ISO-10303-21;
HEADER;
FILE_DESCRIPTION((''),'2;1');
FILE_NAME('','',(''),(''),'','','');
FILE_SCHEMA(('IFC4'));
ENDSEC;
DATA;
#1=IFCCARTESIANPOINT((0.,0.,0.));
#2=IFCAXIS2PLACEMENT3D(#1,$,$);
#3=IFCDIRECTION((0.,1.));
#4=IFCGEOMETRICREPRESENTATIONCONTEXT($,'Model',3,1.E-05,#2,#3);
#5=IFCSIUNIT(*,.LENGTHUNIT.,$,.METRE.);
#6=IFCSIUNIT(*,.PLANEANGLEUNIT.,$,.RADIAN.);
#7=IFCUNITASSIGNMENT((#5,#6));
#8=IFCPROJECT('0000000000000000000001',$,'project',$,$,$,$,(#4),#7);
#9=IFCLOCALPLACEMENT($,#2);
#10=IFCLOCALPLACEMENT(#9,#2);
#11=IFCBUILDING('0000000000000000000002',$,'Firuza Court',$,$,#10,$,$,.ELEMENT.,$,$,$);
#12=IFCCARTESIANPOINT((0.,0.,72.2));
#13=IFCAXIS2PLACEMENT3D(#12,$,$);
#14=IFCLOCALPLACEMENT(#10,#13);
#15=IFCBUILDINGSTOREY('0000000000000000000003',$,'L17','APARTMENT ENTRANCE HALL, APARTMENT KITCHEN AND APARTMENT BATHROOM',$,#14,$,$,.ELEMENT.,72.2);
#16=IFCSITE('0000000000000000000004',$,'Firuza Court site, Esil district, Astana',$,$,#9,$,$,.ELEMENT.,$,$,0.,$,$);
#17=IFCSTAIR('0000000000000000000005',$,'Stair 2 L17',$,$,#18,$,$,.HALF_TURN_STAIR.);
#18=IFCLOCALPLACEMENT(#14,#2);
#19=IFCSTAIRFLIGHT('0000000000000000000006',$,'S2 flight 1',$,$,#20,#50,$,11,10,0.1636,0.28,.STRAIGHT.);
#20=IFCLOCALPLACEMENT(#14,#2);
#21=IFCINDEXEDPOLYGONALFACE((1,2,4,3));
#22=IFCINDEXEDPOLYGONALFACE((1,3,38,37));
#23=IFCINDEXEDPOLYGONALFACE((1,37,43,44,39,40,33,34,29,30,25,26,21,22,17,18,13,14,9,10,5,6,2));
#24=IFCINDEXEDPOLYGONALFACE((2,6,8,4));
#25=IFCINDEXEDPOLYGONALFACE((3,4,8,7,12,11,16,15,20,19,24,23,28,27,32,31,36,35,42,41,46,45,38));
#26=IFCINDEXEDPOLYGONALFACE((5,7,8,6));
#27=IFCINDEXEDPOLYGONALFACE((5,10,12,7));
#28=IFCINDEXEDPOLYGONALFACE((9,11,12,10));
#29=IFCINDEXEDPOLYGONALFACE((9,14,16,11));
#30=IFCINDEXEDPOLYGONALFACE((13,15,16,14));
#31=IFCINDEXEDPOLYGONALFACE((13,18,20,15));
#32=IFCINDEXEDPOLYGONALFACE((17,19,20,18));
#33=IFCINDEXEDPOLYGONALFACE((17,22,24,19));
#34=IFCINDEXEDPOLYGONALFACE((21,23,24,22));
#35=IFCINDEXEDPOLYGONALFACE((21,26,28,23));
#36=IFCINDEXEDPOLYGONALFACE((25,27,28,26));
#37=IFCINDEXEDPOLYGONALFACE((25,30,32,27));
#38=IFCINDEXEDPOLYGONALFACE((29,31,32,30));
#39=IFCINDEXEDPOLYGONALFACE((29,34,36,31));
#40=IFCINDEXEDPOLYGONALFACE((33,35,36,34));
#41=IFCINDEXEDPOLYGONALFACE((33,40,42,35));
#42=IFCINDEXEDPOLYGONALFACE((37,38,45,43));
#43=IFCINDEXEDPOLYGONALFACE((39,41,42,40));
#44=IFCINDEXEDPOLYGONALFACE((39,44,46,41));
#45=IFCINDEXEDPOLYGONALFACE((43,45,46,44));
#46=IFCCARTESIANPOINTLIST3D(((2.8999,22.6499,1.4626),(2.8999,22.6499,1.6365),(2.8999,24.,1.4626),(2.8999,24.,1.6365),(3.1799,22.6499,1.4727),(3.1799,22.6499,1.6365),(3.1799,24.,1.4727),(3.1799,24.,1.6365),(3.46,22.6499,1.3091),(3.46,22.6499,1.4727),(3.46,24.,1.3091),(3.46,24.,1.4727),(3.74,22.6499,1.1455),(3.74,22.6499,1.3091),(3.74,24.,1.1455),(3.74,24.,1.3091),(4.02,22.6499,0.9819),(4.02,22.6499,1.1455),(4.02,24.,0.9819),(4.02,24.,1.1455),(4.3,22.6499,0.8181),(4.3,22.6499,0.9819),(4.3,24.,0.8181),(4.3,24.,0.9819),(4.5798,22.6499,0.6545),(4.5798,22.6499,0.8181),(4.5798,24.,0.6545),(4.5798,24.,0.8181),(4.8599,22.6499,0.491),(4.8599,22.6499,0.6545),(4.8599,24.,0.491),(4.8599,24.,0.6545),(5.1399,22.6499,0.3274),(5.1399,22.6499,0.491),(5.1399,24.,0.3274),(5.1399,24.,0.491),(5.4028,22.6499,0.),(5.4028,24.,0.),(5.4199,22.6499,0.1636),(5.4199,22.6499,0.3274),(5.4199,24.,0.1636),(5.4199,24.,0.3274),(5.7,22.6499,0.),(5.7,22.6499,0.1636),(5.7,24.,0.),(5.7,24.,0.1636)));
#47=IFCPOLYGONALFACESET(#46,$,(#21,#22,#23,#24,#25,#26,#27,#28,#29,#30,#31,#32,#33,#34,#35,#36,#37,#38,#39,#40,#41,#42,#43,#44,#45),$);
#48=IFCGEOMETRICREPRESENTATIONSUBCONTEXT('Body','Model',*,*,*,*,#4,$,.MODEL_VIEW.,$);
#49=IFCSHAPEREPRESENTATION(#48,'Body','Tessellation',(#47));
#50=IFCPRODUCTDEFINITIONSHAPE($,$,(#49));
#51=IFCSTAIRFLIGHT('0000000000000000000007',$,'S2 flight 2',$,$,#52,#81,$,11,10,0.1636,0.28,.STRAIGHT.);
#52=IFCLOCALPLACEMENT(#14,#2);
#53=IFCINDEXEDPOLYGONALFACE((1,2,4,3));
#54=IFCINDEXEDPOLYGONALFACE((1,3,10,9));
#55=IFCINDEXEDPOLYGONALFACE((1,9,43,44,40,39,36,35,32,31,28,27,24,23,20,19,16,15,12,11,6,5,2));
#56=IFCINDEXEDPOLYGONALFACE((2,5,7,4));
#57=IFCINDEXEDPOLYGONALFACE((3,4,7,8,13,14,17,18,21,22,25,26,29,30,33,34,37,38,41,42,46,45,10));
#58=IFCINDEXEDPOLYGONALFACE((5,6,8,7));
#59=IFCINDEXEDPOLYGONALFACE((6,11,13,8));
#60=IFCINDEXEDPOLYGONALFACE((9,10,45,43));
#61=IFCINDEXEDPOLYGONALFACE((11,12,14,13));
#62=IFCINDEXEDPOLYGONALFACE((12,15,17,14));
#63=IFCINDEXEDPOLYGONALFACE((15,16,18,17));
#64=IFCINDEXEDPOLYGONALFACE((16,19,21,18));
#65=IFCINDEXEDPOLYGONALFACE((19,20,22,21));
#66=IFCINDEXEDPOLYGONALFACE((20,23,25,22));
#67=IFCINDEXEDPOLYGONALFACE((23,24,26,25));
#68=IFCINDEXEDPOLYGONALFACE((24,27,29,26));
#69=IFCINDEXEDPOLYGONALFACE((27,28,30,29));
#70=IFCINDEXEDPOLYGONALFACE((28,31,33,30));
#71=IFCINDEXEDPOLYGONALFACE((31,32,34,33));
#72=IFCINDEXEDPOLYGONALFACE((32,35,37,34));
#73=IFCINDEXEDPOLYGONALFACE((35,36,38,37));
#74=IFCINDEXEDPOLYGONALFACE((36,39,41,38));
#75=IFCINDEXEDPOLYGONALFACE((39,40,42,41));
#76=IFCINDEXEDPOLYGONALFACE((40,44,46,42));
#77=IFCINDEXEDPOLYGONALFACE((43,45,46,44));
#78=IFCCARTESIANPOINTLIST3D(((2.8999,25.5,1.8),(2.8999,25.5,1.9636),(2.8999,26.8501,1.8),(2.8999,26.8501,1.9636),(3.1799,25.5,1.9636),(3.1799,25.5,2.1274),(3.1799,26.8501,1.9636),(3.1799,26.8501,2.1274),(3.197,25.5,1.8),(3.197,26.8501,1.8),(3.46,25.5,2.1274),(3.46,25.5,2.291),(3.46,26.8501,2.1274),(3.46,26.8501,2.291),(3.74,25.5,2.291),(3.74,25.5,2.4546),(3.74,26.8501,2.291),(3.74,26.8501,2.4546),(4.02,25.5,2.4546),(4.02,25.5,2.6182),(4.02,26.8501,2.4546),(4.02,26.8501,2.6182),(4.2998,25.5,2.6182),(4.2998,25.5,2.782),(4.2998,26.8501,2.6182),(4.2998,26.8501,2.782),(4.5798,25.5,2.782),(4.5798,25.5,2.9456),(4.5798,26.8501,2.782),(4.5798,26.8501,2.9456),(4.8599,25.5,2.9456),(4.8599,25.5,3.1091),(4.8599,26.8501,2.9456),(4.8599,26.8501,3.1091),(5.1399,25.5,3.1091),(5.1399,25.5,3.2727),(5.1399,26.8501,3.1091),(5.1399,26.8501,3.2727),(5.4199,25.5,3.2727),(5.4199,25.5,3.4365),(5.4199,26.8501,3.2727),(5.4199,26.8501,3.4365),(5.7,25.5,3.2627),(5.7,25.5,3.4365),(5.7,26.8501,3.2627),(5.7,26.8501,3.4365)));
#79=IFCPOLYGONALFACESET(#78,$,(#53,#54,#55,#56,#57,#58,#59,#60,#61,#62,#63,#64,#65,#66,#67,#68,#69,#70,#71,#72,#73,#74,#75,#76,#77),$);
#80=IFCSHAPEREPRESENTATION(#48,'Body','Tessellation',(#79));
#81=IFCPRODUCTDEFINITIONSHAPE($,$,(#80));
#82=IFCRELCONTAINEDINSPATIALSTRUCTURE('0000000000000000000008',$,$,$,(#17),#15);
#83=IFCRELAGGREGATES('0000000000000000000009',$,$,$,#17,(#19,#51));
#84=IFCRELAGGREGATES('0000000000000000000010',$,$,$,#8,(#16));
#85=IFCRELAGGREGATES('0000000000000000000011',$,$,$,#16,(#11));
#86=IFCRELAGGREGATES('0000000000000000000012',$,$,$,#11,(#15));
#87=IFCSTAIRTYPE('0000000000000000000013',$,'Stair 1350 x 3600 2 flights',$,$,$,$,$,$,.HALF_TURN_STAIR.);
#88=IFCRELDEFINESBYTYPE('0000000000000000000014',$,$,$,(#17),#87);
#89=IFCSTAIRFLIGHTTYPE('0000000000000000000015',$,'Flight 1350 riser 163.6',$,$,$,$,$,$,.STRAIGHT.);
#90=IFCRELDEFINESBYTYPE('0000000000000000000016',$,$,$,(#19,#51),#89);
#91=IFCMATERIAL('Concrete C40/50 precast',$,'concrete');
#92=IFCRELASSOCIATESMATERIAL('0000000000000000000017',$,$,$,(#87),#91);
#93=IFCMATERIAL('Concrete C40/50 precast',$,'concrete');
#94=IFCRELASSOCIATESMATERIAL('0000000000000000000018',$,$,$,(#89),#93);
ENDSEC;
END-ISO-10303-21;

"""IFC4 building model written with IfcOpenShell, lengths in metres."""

from ifc_helpers import new_model, si_unit, direction, frame, origin, place, context, subcontext, project, spatial, polyline, outline, extrude, material, type_object, element, aggregate, save


model = new_model("IFC4")

# Units and contexts
model_context = context("Model", 3, precision=1e-05, world=origin(), true_north=direction((0.0, 1.0)))
body_context = subcontext(model_context, "Body", "Model", "MODEL_VIEW")
ifc_project = project(units=[si_unit("LENGTHUNIT", "METRE"), si_unit("PLANEANGLEUNIT", "RADIAN")], contexts=[model_context])

# Site, building, storey
site_placement = place(None, origin())
site = spatial("IfcSite", under=ifc_project, at=site_placement, Name="Firuza Court site, Esil district, Astana", CompositionType="ELEMENT", RefElevation=0.0)
building_placement = place(site_placement, origin())
building = spatial("IfcBuilding", under=site, at=building_placement, Name="Firuza Court", CompositionType="ELEMENT")
storey_placement = place(building_placement, frame((0.0, 0.0, 72.2)))
storey = spatial("IfcBuildingStorey", under=building, at=storey_placement, Name="L17", Description="APARTMENT ENTRANCE HALL, APARTMENT KITCHEN AND APARTMENT BATHROOM", CompositionType="ELEMENT", Elevation=72.2)

# Stair, stair flights
ifc_material_1 = material(Name="Concrete C40/50 precast", Category="concrete")
stair_type = type_object("IfcStairType", Name="Stair 1350 x 3600 2 flights", PredefinedType="HALF_TURN_STAIR", material=ifc_material_1)
stair_placement = place(storey_placement, origin())
stair = element("IfcStair", 1, at=stair_placement, inside=storey, type_object=stair_type, Name="Stair 2 L17", PredefinedType="HALF_TURN_STAIR")
ifc_material_2 = material(Name="Concrete C40/50 precast", Category="concrete")
stair_flight_type = type_object("IfcStairFlightType", Name="Flight 1350 riser 163.6", PredefinedType="STRAIGHT", material=ifc_material_2)
stair_flight_1_placement = place(storey_placement, frame((5.7, 23.325, 0.0), z_axis=(0.0, 0.0, 1.0), x_axis=(-1.0, 0.0, 0.0)))
stair_flight_1 = element("IfcStairFlight", 2, at=stair_flight_1_placement, type_object=stair_flight_type, Name="S2 flight 1", NumberOfRisers=11, NumberOfTreads=10, PredefinedType="STRAIGHT", RiserHeight=0.1636, TreadLength=0.28, context=body_context, shape_type="SweptSolid", body=[
    extrude(outline(polyline([(0.0, 0.0), (0.0, 0.1636), (0.28, 0.1636), (0.28, 0.3274), (0.5601, 0.3274), (0.5601, 0.491), (0.8401, 0.491), (0.8401, 0.6545), (1.1201, 0.6545), (1.1201, 0.8181), (1.3999, 0.8181), (1.3999, 0.9819), (1.6799, 0.9819), (1.6799, 1.1455), (1.96, 1.1455), (1.96, 1.3091), (2.24, 1.3091), (2.24, 1.4727), (2.52, 1.4727), (2.52, 1.6365), (2.8, 1.6365), (2.8, 1.8), (2.8, 1.4626), (0.2971, 0.0), (0.0, 0.0)])), frame((0.0, 0.675, 0.0), z_axis=(0.0, -1.0, 0.0), x_axis=(1.0, 0.0, 0.0)), (0.0, 0.0, 1.0), 1.3501),
])
stair_flight_2_placement = place(storey_placement, frame((2.8999, 26.175, 1.8), z_axis=(0.0, 0.0, 1.0), x_axis=(1.0, 0.0, 0.0)))
stair_flight_2 = element("IfcStairFlight", 3, at=stair_flight_2_placement, type_object=stair_flight_type, Name="S2 flight 2", NumberOfRisers=11, NumberOfTreads=10, PredefinedType="STRAIGHT", RiserHeight=0.1636, TreadLength=0.28, context=body_context, shape_type="SweptSolid", body=[
    extrude(outline(polyline([(0.0, 0.0), (0.0, 0.1636), (0.28, 0.1636), (0.28, 0.3274), (0.5601, 0.3274), (0.5601, 0.491), (0.8401, 0.491), (0.8401, 0.6545), (1.1201, 0.6545), (1.1201, 0.8181), (1.3999, 0.8181), (1.3999, 0.9819), (1.6799, 0.9819), (1.6799, 1.1455), (1.96, 1.1455), (1.96, 1.3091), (2.24, 1.3091), (2.24, 1.4727), (2.52, 1.4727), (2.52, 1.6365), (2.8, 1.6365), (2.8, 1.8), (2.8, 1.4626), (0.2971, 0.0), (0.0, 0.0)])), frame((0.0, 0.675, 0.0), z_axis=(0.0, -1.0, 0.0), x_axis=(1.0, 0.0, 0.0)), (0.0, 0.0, 1.0), 1.3501),
])
aggregate(stair, [stair_flight_1, stair_flight_2])

save(model, "model.ifc")
